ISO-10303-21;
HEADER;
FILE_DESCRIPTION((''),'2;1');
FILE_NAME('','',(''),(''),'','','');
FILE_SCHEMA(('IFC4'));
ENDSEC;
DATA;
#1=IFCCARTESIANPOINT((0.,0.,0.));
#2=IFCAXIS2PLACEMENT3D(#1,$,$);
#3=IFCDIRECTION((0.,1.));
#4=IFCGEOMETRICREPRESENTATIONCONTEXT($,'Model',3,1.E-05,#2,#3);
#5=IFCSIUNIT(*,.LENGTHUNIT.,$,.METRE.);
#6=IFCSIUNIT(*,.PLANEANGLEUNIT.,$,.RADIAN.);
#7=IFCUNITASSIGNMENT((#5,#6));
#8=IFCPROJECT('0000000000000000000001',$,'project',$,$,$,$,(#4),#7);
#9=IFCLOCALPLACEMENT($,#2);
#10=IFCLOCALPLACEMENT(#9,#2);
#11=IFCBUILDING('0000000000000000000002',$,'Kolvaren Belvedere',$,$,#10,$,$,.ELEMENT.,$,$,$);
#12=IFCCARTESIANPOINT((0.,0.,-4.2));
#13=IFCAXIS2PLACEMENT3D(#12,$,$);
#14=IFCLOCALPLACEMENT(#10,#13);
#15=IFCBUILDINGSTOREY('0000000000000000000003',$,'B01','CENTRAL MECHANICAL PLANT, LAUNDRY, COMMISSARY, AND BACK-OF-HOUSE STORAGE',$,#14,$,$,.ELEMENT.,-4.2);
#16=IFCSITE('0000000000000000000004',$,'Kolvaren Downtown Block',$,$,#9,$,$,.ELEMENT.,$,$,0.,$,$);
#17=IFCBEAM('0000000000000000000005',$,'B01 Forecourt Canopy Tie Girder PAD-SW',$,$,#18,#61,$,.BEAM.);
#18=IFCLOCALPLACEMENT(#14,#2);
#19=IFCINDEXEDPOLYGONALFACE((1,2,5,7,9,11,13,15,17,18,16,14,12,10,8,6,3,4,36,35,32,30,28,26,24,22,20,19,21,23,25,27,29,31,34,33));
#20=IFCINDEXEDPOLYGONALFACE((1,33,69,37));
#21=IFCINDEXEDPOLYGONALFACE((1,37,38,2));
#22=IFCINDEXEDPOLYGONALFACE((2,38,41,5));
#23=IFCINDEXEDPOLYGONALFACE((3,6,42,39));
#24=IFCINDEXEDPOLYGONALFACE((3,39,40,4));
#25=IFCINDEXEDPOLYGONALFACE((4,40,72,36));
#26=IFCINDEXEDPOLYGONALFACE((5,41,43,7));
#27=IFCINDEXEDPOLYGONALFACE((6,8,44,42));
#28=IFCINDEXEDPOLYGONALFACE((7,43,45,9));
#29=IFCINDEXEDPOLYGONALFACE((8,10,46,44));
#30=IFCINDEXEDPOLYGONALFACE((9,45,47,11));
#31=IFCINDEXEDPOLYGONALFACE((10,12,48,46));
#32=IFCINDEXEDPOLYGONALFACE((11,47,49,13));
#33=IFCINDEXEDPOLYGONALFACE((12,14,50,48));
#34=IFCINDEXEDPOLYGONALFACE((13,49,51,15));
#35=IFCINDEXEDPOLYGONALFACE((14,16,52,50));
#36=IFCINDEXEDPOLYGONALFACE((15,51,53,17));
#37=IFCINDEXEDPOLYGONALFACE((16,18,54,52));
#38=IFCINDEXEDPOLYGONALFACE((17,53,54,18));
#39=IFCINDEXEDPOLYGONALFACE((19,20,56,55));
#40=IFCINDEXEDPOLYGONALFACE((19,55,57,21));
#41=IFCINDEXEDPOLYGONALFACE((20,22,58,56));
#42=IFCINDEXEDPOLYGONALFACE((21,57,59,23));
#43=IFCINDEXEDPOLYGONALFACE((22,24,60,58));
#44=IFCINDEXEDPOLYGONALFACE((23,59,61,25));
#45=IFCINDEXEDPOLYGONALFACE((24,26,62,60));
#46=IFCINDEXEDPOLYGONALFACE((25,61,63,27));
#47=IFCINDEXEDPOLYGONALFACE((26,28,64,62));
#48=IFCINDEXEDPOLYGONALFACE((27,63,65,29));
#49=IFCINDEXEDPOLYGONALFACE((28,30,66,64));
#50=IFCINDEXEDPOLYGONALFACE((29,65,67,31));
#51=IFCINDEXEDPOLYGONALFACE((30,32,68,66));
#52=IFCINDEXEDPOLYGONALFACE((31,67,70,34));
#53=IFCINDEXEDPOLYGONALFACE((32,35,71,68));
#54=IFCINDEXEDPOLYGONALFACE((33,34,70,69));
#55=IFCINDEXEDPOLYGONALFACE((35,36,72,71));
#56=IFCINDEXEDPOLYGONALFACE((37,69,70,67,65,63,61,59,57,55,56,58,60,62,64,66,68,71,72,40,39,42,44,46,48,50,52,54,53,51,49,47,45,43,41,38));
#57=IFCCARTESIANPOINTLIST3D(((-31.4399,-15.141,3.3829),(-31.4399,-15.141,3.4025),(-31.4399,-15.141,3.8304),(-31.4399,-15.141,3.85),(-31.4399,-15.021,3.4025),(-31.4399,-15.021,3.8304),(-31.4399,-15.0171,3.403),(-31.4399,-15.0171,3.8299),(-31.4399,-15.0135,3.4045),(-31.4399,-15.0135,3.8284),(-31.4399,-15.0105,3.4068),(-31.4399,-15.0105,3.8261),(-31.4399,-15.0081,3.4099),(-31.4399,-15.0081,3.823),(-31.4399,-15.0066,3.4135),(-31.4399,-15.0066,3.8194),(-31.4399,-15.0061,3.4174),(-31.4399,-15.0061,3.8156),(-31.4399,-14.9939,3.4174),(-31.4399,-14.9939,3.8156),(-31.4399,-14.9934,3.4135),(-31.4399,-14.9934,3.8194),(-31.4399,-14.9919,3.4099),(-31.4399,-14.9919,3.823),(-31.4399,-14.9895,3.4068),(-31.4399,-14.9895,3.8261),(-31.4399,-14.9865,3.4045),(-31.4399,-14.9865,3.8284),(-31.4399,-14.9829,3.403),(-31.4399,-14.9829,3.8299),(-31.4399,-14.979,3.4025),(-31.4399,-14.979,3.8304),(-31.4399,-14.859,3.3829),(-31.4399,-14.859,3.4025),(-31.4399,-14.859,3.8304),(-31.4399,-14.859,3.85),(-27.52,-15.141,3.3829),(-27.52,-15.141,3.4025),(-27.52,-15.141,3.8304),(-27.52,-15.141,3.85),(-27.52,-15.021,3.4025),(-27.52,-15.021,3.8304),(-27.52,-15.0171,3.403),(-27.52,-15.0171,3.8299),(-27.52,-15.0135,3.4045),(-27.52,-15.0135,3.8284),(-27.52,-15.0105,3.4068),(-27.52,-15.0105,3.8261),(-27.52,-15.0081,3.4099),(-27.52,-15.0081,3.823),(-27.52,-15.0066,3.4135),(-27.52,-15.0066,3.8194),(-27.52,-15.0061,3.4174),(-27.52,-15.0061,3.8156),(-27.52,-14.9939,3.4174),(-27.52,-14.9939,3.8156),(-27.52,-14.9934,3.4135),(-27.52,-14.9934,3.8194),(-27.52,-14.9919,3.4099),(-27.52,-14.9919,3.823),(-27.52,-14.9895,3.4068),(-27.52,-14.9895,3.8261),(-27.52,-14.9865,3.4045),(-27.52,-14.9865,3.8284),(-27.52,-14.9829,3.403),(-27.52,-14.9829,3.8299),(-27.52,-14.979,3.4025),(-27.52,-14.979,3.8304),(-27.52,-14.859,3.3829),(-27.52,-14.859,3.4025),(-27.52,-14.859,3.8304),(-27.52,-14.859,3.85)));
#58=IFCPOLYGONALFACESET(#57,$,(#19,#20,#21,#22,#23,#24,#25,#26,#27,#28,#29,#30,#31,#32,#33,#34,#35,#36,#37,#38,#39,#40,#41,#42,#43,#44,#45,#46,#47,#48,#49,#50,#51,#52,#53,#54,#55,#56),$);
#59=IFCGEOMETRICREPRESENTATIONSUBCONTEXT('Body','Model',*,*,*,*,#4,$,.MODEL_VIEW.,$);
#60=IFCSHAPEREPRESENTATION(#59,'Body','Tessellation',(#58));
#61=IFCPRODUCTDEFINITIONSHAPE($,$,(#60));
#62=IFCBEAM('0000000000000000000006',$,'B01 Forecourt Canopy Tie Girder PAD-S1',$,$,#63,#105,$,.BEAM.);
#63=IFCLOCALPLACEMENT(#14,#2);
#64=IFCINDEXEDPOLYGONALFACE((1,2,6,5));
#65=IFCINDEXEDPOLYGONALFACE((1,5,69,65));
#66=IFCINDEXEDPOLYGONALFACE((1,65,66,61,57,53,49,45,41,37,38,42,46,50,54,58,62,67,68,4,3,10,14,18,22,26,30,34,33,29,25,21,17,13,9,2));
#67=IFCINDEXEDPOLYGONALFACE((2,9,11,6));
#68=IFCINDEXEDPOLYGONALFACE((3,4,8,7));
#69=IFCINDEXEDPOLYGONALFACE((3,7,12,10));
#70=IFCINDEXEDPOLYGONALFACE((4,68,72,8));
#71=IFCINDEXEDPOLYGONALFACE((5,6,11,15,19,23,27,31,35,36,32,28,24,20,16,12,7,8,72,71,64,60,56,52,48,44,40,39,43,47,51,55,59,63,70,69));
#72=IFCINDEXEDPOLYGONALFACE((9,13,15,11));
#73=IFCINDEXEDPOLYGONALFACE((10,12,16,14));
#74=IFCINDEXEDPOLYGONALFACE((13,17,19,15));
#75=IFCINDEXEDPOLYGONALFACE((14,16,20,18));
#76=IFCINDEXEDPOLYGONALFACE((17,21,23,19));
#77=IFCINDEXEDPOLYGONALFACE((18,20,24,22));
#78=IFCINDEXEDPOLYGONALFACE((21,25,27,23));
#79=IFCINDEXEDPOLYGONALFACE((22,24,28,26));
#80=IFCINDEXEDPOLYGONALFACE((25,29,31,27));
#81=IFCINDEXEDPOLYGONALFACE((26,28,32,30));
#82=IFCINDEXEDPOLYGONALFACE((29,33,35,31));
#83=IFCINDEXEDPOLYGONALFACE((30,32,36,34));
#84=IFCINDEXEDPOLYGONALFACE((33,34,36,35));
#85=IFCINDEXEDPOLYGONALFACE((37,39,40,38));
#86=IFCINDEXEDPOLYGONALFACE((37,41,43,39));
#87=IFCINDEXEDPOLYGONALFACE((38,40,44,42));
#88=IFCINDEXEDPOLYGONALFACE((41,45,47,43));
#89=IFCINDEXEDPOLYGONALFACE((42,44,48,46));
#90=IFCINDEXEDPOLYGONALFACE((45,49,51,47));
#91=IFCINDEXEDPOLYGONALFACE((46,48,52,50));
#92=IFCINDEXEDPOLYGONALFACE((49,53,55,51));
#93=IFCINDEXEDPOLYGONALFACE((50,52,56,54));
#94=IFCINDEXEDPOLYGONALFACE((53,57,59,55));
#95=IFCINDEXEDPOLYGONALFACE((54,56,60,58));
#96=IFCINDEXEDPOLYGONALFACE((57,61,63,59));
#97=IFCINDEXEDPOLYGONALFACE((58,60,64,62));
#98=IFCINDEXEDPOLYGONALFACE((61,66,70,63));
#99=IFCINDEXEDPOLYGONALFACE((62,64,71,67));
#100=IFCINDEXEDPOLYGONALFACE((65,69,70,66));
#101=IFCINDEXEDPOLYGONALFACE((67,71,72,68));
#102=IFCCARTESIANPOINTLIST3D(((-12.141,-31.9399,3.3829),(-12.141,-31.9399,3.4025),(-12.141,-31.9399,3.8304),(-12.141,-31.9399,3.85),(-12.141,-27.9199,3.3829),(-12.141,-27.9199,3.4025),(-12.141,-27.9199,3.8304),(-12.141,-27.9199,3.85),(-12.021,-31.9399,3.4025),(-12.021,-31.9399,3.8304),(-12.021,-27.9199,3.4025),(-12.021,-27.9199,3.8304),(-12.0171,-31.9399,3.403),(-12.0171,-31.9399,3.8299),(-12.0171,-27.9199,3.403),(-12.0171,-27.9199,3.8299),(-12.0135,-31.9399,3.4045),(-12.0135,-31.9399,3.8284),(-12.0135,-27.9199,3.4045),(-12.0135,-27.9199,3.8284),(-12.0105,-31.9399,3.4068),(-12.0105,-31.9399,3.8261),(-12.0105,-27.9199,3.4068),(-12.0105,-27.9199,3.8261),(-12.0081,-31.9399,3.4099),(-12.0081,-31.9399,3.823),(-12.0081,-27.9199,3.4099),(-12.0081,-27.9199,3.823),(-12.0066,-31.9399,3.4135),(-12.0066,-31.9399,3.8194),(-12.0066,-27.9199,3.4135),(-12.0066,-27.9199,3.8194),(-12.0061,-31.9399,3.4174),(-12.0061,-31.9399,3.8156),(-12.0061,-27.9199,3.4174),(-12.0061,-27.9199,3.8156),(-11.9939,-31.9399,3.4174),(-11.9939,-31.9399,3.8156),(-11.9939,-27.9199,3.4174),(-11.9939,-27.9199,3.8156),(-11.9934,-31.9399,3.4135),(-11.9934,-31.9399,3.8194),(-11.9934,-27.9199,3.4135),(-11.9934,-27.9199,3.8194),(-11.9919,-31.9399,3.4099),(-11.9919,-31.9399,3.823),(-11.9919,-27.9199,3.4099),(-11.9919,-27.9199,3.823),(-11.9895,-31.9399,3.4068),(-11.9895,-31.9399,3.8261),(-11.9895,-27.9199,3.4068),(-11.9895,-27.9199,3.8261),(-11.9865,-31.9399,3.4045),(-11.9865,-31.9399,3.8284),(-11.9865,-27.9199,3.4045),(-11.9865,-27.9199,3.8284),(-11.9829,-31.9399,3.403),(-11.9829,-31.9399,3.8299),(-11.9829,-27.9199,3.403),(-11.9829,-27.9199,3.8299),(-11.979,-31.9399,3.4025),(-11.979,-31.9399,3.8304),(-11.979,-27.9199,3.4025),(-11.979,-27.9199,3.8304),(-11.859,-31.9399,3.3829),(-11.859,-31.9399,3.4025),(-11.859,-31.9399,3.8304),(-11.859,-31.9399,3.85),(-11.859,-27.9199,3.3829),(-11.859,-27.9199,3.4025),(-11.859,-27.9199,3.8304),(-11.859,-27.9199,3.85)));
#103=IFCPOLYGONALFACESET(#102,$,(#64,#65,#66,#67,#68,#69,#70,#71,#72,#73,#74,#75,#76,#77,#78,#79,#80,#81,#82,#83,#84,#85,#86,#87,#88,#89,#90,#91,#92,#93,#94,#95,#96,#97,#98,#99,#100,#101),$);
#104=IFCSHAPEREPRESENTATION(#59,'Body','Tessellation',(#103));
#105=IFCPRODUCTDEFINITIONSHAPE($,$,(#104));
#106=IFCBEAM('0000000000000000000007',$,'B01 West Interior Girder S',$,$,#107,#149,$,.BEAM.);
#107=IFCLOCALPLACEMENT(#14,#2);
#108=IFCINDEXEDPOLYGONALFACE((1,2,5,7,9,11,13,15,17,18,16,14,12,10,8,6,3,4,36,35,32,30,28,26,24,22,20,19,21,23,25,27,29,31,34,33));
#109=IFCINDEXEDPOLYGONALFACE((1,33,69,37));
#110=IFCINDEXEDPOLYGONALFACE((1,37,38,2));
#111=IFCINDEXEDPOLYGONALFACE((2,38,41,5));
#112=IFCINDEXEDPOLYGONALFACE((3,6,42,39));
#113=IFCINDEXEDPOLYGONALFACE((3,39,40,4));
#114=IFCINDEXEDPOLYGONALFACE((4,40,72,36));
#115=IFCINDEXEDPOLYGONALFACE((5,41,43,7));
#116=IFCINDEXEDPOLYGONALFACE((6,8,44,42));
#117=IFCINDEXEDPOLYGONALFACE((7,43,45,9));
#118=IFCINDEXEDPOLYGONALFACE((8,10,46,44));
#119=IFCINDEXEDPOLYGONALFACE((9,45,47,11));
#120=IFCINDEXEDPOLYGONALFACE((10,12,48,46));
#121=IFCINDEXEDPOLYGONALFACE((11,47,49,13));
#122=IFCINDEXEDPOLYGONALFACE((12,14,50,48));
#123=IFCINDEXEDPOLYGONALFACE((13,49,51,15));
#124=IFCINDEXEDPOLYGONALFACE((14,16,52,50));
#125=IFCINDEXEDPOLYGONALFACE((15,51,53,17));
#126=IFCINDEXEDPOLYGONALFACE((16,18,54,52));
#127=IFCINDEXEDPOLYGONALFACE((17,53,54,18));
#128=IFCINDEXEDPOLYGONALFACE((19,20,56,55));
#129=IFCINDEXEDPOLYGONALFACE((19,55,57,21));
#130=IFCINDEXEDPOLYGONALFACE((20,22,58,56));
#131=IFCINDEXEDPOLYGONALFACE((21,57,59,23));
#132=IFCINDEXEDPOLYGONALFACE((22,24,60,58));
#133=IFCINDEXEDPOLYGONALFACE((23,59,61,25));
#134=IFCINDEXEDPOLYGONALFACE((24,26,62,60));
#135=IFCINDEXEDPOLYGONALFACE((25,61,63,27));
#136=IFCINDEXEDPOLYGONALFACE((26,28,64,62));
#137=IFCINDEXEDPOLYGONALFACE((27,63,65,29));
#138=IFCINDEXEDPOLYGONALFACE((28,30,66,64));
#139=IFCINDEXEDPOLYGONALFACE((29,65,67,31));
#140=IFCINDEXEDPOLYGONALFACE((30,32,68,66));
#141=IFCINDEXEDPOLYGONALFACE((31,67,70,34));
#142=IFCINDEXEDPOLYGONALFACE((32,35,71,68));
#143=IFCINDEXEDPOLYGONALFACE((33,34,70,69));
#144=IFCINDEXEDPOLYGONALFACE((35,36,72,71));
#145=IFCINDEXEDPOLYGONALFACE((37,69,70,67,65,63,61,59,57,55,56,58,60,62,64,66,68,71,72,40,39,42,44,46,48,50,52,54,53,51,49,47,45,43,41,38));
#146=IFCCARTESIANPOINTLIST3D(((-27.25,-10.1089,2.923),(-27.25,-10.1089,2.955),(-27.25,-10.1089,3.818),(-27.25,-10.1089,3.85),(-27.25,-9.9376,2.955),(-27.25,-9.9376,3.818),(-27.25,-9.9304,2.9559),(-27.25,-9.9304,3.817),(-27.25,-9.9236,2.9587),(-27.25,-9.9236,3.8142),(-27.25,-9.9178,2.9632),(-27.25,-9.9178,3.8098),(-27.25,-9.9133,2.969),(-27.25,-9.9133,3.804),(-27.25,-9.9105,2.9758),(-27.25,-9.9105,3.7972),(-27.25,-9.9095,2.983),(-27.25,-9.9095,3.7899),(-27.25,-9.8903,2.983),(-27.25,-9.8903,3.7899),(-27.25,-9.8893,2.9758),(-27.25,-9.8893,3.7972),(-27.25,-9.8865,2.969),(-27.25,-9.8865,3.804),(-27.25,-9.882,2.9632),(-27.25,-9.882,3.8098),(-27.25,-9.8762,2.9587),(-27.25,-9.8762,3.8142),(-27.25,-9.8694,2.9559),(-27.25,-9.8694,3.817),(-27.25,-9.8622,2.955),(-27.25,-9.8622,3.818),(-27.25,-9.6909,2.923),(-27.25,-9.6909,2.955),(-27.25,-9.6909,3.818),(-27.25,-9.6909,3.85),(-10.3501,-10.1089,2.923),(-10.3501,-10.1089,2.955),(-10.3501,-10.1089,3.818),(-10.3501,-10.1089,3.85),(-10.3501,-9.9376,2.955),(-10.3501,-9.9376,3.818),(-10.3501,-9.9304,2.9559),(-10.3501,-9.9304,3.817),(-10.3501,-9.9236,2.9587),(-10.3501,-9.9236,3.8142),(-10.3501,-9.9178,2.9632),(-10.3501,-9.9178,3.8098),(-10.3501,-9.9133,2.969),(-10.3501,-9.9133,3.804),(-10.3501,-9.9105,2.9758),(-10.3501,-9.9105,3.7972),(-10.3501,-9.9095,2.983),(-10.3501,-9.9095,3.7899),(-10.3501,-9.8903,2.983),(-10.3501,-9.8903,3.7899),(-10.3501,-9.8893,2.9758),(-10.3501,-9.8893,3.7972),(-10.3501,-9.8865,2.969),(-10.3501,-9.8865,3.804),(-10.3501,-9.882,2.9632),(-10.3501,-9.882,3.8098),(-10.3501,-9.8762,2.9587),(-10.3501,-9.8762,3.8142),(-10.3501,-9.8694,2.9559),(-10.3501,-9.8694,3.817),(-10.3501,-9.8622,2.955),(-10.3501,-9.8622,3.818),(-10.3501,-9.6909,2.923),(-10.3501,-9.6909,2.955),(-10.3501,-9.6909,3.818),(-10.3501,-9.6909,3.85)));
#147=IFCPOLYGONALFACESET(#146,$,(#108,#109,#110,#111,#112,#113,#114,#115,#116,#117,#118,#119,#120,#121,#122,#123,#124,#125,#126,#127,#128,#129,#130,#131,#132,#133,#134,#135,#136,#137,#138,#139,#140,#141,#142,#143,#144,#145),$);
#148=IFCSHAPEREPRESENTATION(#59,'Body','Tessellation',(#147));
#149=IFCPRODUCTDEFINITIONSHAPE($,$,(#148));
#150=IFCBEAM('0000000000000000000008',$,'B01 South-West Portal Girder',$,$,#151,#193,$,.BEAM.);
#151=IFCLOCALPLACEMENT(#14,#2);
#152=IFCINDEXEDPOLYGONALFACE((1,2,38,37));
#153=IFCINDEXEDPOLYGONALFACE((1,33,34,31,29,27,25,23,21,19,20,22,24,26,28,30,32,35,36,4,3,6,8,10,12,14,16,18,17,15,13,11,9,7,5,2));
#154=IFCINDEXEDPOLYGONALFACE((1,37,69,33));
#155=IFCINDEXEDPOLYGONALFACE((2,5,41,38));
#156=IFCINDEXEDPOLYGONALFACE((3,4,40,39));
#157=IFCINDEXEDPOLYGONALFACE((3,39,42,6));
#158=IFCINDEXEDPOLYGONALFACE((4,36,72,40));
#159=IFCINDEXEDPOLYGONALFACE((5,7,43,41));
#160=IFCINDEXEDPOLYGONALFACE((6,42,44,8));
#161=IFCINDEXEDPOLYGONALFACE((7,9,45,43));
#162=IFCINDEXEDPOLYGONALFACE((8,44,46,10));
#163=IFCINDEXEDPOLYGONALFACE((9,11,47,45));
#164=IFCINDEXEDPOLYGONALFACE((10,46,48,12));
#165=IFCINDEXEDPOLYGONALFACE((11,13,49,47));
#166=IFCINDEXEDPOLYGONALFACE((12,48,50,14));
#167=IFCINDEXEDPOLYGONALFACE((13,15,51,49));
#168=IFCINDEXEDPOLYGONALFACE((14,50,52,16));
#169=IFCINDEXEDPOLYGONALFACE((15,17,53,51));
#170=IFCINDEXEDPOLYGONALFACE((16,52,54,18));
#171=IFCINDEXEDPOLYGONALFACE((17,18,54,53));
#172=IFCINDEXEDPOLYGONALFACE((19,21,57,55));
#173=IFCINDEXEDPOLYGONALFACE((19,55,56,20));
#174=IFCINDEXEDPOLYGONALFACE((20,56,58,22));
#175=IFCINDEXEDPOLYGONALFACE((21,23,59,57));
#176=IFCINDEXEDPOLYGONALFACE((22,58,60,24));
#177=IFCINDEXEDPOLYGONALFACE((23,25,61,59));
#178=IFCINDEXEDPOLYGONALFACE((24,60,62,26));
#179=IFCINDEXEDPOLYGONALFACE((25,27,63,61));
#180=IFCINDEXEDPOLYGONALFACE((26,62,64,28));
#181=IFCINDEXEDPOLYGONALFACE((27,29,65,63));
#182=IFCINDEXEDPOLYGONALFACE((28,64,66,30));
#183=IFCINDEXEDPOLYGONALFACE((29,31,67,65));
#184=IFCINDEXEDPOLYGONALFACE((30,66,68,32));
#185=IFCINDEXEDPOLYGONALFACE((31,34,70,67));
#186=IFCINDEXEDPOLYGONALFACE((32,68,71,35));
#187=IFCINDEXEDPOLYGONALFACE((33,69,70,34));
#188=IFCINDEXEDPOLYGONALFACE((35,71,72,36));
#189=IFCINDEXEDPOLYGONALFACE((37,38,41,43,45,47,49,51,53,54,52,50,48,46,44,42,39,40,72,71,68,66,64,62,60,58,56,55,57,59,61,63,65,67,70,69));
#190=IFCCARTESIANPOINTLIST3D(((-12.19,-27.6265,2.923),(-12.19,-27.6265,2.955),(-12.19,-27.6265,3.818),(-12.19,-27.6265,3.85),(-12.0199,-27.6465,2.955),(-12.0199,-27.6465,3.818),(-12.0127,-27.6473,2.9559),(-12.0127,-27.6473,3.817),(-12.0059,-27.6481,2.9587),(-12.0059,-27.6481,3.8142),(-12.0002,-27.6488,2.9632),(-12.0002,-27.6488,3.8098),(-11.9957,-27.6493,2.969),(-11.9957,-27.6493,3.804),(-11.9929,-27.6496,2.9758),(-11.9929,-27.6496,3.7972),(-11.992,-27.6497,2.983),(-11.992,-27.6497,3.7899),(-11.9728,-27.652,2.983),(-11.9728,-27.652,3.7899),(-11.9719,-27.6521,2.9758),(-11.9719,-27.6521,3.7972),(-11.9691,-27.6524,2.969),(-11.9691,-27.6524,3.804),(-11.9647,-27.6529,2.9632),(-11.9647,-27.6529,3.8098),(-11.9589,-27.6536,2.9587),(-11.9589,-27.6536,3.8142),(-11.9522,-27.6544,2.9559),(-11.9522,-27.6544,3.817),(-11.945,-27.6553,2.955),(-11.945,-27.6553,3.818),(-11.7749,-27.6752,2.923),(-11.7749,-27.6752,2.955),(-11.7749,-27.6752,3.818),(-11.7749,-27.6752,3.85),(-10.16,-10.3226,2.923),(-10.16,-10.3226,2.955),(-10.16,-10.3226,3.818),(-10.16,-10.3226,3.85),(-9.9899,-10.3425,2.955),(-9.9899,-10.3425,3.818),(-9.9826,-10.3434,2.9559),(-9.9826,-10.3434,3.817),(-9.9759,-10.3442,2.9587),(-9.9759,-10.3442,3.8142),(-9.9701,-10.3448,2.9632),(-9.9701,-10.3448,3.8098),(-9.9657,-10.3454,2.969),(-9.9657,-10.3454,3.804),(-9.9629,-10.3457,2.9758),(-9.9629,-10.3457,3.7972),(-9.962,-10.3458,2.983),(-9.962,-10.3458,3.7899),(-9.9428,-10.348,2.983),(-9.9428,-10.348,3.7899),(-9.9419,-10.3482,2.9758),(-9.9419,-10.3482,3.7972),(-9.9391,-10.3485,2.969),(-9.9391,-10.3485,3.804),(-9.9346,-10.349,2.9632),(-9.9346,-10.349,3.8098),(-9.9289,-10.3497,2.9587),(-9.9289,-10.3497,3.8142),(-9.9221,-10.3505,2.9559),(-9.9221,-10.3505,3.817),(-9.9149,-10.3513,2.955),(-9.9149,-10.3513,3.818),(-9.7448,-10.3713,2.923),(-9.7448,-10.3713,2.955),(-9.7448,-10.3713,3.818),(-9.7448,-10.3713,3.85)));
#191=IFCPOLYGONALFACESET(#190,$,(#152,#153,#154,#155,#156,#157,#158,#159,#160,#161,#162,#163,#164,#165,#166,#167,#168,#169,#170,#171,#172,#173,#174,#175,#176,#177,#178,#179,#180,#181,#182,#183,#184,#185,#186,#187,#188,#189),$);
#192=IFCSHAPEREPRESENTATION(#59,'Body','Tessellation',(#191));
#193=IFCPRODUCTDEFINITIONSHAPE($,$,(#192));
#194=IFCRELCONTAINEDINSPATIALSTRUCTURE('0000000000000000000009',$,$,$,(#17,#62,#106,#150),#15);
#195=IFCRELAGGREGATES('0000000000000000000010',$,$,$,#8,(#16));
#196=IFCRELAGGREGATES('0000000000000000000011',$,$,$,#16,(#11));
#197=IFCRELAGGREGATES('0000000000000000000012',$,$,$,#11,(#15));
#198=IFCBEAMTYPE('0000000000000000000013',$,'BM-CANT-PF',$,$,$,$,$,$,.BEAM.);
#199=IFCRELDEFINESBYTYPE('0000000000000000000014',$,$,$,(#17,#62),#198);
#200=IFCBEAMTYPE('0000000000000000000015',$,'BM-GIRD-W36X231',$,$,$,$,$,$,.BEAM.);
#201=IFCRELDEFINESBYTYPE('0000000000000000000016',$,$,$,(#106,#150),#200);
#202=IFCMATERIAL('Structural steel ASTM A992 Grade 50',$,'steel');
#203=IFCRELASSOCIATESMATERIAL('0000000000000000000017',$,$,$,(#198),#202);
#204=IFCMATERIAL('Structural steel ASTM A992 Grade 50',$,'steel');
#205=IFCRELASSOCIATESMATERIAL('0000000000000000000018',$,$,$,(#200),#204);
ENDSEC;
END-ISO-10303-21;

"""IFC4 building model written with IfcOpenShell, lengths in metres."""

from ifc_helpers import new_model, si_unit, direction, frame, origin, origin_2d, place, context, subcontext, project, spatial, i_section, extrude, material, material_profile, profile_set, type_object, element, save


model = new_model("IFC4")

# Units and contexts
model_context = context("Model", 3, precision=1e-05, world=origin(), true_north=direction((0.0, 1.0)))
body_context = subcontext(model_context, "Body", "Model", "MODEL_VIEW")
ifc_project = project(units=[si_unit("LENGTHUNIT", "METRE"), si_unit("PLANEANGLEUNIT", "RADIAN")], contexts=[model_context])

# Site, building, storey
site_placement = place(None, origin())
site = spatial("IfcSite", under=ifc_project, at=site_placement, Name="Kolvaren Downtown Block", CompositionType="ELEMENT", RefElevation=0.0)
building_placement = place(site_placement, origin())
building = spatial("IfcBuilding", under=site, at=building_placement, Name="Kolvaren Belvedere", CompositionType="ELEMENT")
storey_placement = place(building_placement, frame((0.0, 0.0, -4.2)))
storey = spatial("IfcBuildingStorey", under=building, at=storey_placement, Name="B01", Description="CENTRAL MECHANICAL PLANT, LAUNDRY, COMMISSARY, AND BACK-OF-HOUSE STORAGE", CompositionType="ELEMENT", Elevation=-4.2)

# Beams
ifc_material_1 = material(Name="Structural steel ASTM A992 Grade 50", Category="steel")
ifc_material_profile_1 = material_profile(ifc_material_1, i_section(OverallWidth=0.282, OverallDepth=0.467, WebThickness=0.0122, FlangeThickness=0.0195, FilletRadius=0.0149, at=origin_2d()), Name="W18X86")
ifc_profile_set_1 = profile_set([ifc_material_profile_1], Name="Structural steel ASTM A992 Grade 50")
beam_type_1 = type_object("IfcBeamType", Name="BM-CANT-PF", PredefinedType="BEAM", material=ifc_profile_set_1)
beam_1_placement = place(storey_placement, frame((-31.4399, -15.0, 3.6165), z_axis=(1.0, 0.0, 0.0), x_axis=(0.0, 1.0, 0.0)))
element("IfcBeam", 1, at=beam_1_placement, inside=storey, type_object=beam_type_1, Name="B01 Forecourt Canopy Tie Girder PAD-SW", PredefinedType="BEAM", context=body_context, shape_type="SweptSolid", body=[
    extrude(i_section(OverallWidth=0.282, OverallDepth=0.467, WebThickness=0.0122, FlangeThickness=0.0195, FilletRadius=0.0149, at=origin_2d()), origin(), (0.0, 0.0, 1.0), 3.9199),
])
beam_2_placement = place(storey_placement, frame((-12.0, -31.9399, 3.6165), z_axis=(0.0, 1.0, 0.0), x_axis=(-1.0, 0.0, 0.0)))
element("IfcBeam", 2, at=beam_2_placement, inside=storey, type_object=beam_type_1, Name="B01 Forecourt Canopy Tie Girder PAD-S1", PredefinedType="BEAM", context=body_context, shape_type="SweptSolid", body=[
    extrude(i_section(OverallWidth=0.282, OverallDepth=0.467, WebThickness=0.0122, FlangeThickness=0.0195, FilletRadius=0.0149, at=origin_2d()), origin(), (0.0, 0.0, 1.0), 4.02),
])
ifc_material_2 = material(Name="Structural steel ASTM A992 Grade 50", Category="steel")
ifc_material_profile_2 = material_profile(ifc_material_2, i_section(OverallWidth=0.418, OverallDepth=0.927, WebThickness=0.0193, FlangeThickness=0.032, FilletRadius=0.0281, at=origin_2d()), Name="W36X231")
ifc_profile_set_2 = profile_set([ifc_material_profile_2], Name="Structural steel ASTM A992 Grade 50")
beam_type_2 = type_object("IfcBeamType", Name="BM-GIRD-W36X231", PredefinedType="BEAM", material=ifc_profile_set_2)
beam_3_placement = place(storey_placement, frame((-27.25, -9.8999, 3.3865), z_axis=(1.0, 0.0, 0.0), x_axis=(0.0, 1.0, 0.0)))
element("IfcBeam", 3, at=beam_3_placement, inside=storey, type_object=beam_type_2, Name="B01 West Interior Girder S", PredefinedType="BEAM", context=body_context, shape_type="SweptSolid", body=[
    extrude(i_section(OverallWidth=0.418, OverallDepth=0.927, WebThickness=0.0193, FlangeThickness=0.032, FilletRadius=0.0281, at=origin_2d()), origin(), (0.0, 0.0, 1.0), 16.8999),
])
beam_4_placement = place(storey_placement, frame((-9.9524, -10.3469, 3.3865), z_axis=(-0.116517, -0.993189, 0.0), x_axis=(0.993189, -0.116517, 0.0)))
element("IfcBeam", 4, at=beam_4_placement, inside=storey, type_object=beam_type_2, Name="B01 South-West Portal Girder", PredefinedType="BEAM", context=body_context, shape_type="SweptSolid", body=[
    extrude(i_section(OverallWidth=0.418, OverallDepth=0.927, WebThickness=0.0193, FlangeThickness=0.032, FilletRadius=0.0281, at=origin_2d()), origin(), (0.0, 0.0, 1.0), 17.4226),
])

save(model, "model.ifc")
